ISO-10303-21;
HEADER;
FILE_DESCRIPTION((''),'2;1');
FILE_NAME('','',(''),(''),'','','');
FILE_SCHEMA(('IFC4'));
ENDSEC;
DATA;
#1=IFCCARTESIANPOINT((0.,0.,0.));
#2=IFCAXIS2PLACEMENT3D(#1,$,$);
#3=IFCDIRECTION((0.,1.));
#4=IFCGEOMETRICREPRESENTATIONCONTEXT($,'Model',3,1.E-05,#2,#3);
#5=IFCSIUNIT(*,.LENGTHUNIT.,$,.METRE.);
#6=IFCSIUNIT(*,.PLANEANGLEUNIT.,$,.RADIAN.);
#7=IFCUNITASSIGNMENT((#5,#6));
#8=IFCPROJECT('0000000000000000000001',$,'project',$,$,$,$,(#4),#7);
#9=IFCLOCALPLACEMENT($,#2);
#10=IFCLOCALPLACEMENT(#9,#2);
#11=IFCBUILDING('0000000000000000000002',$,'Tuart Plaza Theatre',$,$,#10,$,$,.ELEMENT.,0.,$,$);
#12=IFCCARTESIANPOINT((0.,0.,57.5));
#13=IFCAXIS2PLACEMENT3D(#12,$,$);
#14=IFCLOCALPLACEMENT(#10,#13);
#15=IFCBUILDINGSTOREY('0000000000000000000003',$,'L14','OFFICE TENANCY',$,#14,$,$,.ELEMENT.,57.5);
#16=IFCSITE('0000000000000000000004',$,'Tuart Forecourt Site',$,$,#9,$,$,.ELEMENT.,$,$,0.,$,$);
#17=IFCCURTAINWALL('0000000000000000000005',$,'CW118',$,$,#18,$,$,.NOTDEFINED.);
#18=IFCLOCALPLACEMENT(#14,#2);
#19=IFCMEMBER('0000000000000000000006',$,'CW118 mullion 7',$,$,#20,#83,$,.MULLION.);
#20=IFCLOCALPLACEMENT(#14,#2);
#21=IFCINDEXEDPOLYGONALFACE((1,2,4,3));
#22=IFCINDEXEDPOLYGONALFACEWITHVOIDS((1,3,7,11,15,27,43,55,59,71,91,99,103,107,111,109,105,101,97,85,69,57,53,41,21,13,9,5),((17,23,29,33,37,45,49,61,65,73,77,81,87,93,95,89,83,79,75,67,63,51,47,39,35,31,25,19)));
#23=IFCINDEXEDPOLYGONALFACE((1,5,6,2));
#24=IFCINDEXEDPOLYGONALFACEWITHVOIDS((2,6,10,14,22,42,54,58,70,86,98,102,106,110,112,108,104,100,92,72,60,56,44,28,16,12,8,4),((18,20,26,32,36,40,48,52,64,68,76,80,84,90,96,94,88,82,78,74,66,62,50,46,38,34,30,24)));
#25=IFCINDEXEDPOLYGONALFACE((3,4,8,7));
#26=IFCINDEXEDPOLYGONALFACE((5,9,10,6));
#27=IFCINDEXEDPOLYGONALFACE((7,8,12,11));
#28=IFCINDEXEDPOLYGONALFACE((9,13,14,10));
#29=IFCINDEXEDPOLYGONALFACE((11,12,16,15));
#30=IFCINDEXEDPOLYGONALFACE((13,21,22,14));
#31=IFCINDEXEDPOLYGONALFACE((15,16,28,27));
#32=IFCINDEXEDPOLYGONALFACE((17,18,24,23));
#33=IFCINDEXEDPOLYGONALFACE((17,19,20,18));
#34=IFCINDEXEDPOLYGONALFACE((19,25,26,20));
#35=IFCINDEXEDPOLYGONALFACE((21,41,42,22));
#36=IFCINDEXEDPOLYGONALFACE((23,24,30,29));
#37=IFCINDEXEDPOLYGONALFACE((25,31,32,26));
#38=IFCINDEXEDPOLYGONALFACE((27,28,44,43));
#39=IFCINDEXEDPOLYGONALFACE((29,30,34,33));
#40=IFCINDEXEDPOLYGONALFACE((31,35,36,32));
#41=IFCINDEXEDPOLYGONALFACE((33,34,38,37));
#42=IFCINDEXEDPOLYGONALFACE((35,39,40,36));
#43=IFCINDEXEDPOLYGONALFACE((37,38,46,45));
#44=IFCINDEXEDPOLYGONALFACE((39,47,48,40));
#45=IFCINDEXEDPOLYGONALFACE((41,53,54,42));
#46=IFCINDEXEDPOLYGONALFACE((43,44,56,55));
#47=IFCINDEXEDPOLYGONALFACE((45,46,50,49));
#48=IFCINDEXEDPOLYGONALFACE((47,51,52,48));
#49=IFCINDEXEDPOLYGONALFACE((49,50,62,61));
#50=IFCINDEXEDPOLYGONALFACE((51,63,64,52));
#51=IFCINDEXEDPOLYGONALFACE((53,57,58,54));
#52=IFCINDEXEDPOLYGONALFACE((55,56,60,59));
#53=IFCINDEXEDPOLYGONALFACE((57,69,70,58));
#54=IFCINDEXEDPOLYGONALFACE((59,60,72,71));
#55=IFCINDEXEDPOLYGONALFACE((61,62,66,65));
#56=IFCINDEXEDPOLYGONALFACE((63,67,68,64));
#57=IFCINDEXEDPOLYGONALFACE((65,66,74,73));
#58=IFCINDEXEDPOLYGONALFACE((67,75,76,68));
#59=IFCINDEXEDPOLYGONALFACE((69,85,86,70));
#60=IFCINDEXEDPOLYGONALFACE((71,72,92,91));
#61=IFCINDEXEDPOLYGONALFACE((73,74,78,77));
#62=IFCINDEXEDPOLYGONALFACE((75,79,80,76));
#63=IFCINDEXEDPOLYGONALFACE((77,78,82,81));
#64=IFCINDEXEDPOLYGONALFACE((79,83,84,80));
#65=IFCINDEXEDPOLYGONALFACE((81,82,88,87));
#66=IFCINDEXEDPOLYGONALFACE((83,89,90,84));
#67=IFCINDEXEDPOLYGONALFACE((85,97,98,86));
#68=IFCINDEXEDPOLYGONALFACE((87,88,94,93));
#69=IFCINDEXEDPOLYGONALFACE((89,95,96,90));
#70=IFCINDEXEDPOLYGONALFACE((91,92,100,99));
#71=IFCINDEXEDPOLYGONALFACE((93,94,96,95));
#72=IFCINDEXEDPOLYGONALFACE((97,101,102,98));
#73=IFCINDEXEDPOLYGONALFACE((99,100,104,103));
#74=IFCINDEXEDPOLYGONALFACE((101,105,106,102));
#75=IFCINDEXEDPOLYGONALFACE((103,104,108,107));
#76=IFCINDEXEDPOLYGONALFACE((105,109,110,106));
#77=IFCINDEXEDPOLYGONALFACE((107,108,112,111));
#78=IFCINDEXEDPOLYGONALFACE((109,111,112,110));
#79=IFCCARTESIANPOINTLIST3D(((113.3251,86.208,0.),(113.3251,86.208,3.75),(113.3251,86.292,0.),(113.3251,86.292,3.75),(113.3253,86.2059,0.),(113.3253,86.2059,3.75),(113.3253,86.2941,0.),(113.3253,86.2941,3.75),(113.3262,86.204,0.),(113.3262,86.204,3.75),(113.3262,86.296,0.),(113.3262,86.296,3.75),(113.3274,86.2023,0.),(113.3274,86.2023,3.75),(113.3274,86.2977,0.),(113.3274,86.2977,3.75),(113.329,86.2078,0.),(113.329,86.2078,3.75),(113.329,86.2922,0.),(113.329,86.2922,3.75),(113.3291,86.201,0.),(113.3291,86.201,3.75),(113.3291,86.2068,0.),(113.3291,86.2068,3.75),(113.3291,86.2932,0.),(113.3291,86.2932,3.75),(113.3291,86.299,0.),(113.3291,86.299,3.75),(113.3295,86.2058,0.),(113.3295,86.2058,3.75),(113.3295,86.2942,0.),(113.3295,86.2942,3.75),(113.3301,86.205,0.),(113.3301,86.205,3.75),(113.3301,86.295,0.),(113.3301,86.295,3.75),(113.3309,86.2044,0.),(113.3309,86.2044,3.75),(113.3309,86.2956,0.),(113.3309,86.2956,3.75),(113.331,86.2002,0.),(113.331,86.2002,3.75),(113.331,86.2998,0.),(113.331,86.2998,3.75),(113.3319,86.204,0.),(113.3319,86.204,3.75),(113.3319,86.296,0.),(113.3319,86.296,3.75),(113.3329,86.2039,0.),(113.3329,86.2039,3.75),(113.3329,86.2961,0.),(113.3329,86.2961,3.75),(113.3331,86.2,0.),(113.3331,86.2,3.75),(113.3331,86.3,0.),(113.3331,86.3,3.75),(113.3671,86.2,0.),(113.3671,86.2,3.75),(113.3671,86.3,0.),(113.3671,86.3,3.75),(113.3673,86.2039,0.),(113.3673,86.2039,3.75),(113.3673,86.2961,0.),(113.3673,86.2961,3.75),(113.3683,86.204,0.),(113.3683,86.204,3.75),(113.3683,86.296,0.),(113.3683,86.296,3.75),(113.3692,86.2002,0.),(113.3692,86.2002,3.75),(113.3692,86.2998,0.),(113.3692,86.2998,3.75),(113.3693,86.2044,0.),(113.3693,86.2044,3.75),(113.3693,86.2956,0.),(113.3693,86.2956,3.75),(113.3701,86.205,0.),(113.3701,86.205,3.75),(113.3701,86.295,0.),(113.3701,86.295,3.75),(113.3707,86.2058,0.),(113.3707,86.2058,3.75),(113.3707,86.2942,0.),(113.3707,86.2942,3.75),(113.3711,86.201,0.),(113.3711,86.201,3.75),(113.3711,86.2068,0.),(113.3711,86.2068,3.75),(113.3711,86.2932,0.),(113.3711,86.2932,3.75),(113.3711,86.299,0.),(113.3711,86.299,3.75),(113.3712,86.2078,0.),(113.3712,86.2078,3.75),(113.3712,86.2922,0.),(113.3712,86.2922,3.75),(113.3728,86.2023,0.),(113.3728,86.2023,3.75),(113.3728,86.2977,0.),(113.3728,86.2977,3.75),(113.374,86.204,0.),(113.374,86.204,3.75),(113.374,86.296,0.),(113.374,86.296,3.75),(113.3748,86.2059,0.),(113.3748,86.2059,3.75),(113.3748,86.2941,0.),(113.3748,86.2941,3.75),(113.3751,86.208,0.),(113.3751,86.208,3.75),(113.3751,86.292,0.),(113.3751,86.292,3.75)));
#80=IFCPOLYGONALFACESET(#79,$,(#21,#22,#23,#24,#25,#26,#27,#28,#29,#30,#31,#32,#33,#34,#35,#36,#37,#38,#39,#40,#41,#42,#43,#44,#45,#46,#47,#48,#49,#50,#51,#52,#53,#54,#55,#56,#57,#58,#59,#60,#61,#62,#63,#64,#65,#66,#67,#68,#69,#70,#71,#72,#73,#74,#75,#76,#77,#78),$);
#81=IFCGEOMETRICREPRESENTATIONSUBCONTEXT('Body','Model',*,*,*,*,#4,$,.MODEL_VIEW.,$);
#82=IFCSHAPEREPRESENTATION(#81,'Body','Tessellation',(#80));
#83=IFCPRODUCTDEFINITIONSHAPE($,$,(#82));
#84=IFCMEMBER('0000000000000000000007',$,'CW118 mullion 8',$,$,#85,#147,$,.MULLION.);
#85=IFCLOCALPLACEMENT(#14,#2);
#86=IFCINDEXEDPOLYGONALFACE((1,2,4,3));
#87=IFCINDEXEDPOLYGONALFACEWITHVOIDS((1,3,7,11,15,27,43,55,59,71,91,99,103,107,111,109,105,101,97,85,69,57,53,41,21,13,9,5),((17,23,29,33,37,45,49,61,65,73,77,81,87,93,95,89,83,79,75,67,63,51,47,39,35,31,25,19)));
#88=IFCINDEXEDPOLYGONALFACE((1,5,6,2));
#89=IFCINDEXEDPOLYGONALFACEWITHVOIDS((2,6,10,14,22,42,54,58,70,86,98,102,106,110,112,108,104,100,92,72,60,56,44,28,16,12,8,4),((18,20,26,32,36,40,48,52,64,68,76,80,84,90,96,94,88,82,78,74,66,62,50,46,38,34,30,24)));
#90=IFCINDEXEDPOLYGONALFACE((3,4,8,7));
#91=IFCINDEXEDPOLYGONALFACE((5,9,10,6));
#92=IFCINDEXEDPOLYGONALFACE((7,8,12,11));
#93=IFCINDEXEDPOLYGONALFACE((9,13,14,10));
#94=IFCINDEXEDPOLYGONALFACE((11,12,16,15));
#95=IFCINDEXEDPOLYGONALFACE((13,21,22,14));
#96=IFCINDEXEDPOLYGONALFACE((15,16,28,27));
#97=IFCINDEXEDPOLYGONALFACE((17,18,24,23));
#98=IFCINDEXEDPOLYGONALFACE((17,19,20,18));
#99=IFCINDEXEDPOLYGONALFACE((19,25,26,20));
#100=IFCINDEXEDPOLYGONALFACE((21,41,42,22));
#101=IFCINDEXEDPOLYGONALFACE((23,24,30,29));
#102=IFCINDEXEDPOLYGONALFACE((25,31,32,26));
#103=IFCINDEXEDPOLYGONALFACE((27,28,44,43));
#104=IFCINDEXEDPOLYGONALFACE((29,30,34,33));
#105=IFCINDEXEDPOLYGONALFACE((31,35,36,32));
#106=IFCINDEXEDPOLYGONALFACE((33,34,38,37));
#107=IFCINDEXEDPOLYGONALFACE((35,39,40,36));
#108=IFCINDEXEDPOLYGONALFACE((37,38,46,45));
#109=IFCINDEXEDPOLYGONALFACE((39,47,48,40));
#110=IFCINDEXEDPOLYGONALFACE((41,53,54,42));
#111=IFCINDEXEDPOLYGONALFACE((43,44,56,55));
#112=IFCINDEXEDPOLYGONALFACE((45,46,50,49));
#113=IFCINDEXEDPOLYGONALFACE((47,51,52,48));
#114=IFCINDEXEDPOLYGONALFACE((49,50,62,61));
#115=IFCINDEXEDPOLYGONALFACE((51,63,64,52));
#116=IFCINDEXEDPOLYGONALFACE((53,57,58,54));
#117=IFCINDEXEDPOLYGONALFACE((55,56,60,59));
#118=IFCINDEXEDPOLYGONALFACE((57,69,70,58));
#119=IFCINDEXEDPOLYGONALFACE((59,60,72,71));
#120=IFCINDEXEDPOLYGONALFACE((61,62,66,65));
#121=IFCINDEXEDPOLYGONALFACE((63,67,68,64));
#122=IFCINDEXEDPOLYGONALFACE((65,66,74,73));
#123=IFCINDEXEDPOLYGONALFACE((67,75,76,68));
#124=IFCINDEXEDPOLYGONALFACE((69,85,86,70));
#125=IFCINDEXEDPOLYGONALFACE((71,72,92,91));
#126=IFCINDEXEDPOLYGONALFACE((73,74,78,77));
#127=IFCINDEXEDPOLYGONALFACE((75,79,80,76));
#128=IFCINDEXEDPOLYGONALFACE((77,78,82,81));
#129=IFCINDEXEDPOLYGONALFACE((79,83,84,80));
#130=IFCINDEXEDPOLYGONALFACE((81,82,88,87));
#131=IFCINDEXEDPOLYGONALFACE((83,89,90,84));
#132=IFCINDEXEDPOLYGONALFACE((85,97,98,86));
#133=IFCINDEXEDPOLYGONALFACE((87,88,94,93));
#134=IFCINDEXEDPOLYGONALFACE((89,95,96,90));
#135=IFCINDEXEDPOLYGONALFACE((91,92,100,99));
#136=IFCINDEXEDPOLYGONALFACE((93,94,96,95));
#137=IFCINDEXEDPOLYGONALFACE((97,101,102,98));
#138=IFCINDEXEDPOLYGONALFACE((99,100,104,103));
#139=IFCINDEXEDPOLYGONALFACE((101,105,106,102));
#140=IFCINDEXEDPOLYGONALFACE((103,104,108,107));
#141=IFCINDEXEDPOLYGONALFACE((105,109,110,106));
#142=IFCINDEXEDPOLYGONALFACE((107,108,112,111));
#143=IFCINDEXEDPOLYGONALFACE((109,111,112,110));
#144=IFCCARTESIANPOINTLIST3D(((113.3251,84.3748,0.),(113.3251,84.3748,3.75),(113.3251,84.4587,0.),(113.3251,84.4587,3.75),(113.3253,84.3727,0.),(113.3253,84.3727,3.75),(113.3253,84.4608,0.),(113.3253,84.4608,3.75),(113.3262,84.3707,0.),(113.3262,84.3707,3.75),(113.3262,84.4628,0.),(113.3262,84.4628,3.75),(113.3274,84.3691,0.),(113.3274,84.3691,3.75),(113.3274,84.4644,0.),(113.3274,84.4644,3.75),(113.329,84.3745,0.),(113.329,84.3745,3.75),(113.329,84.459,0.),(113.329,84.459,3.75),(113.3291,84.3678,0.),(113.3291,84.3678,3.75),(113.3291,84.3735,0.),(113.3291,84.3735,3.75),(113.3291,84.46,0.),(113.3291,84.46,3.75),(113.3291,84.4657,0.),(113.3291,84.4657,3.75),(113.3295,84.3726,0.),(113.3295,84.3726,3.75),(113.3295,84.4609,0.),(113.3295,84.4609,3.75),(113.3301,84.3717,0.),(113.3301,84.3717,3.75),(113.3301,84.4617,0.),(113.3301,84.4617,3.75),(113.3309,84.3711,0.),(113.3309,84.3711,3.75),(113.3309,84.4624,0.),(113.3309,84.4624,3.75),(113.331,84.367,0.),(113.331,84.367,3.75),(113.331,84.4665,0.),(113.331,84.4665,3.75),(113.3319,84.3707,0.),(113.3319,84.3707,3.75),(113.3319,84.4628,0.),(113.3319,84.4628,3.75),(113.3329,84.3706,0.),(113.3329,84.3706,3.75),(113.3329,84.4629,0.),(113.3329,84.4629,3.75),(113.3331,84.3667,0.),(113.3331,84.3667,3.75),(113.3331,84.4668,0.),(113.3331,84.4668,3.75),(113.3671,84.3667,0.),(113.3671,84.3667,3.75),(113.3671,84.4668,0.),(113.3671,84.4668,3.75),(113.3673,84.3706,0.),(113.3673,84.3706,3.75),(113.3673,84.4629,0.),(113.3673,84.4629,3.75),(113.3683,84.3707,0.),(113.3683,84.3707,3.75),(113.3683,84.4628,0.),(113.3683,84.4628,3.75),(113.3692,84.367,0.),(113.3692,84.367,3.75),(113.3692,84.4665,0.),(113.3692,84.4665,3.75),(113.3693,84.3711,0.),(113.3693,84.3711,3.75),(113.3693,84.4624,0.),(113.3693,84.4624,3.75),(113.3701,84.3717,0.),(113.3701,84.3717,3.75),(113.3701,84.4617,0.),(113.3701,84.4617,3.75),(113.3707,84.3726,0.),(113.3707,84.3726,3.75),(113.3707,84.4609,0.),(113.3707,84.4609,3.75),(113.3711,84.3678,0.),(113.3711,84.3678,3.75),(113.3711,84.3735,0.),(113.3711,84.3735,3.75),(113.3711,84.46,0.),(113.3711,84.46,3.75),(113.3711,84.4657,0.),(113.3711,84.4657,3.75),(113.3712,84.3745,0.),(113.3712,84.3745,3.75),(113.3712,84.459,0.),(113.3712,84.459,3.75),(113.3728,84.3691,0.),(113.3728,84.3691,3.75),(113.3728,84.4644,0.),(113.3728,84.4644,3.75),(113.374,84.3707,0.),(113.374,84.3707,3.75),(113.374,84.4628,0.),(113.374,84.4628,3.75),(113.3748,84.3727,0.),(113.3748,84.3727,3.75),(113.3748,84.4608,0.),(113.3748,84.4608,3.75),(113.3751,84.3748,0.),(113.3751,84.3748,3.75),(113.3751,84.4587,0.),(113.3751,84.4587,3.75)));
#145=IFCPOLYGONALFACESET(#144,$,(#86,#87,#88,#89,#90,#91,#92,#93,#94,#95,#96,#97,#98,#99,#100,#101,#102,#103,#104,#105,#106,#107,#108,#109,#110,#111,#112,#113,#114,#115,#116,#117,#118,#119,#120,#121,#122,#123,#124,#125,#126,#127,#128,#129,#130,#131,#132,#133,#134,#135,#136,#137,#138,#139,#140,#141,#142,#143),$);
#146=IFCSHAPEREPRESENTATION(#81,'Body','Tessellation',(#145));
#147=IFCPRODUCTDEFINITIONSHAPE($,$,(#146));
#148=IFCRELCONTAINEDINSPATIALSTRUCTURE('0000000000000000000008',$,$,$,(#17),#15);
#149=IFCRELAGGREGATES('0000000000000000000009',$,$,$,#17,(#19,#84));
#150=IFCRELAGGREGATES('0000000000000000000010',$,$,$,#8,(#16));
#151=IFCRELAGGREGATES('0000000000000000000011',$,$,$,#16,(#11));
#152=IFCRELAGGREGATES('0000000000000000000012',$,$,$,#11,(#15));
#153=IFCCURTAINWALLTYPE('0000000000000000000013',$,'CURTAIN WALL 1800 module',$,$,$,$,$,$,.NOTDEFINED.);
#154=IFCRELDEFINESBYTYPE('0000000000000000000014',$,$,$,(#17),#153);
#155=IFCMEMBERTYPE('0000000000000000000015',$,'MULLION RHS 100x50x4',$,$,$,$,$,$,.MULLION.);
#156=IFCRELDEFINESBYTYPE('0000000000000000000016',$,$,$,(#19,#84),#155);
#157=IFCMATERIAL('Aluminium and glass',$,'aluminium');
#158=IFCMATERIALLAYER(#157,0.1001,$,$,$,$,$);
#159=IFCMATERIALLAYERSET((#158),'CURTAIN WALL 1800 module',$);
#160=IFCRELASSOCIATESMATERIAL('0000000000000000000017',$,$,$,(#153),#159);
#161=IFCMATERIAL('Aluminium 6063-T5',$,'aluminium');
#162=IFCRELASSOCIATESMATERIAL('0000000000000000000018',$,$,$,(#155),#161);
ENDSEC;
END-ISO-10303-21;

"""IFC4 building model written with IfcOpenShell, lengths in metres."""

from ifc_helpers import new_model, si_unit, direction, frame, origin, origin_2d, place, context, subcontext, project, spatial, hollow_rectangle, extrude, material, layer, layer_set, material_profile, profile_set, type_object, element, aggregate, save


model = new_model("IFC4")

# Units and contexts
model_context = context("Model", 3, precision=1e-05, world=origin(), true_north=direction((0.0, 1.0)))
body_context = subcontext(model_context, "Body", "Model", "MODEL_VIEW")
ifc_project = project(units=[si_unit("LENGTHUNIT", "METRE"), si_unit("PLANEANGLEUNIT", "RADIAN")], contexts=[model_context])

# Site, building, storey
site_placement = place(None, origin())
site = spatial("IfcSite", under=ifc_project, at=site_placement, Name="Tuart Forecourt Site", CompositionType="ELEMENT", RefElevation=0.0)
building_placement = place(site_placement, origin())
building = spatial("IfcBuilding", under=site, at=building_placement, Name="Tuart Plaza Theatre", CompositionType="ELEMENT", ElevationOfRefHeight=0.0)
storey_placement = place(building_placement, frame((0.0, 0.0, 57.5)))
storey = spatial("IfcBuildingStorey", under=building, at=storey_placement, Name="L14", Description="OFFICE TENANCY", CompositionType="ELEMENT", Elevation=57.5)

# Curtain wall, members
ifc_material_1 = material(Name="Aluminium and glass", Category="aluminium")
ifc_layer_1 = layer(ifc_material_1, 0.1001)
ifc_layer_set_1 = layer_set([ifc_layer_1], Name="CURTAIN WALL 1800 module")
curtain_wall_type = type_object("IfcCurtainWallType", Name="CURTAIN WALL 1800 module", PredefinedType="NOTDEFINED", material=ifc_layer_set_1)
curtain_wall_placement = place(storey_placement, origin())
curtain_wall = element("IfcCurtainWall", 1, at=curtain_wall_placement, inside=storey, type_object=curtain_wall_type, Name="CW118", PredefinedType="NOTDEFINED")
ifc_material_2 = material(Name="Aluminium 6063-T5", Category="aluminium")
ifc_material_profile = material_profile(ifc_material_2, hollow_rectangle(XDim=0.05, YDim=0.1001, WallThickness=0.0039, InnerFilletRadius=0.0039, OuterFilletRadius=0.0081, at=origin_2d()), Name="RHS 100x50x4")
ifc_profile_set = profile_set([ifc_material_profile], Name="Aluminium 6063-T5")
member_type = type_object("IfcMemberType", Name="MULLION RHS 100x50x4", PredefinedType="MULLION", material=ifc_profile_set)
member_1_placement = place(storey_placement, frame((113.3501, 86.25, 0.0), z_axis=(0.0, 0.0, 1.0), x_axis=(1.0, 0.0, 0.0)))
member_1 = element("IfcMember", 2, at=member_1_placement, type_object=member_type, Name="CW118 mullion 7", PredefinedType="MULLION", context=body_context, shape_type="SweptSolid", body=[
    extrude(hollow_rectangle(XDim=0.05, YDim=0.1001, WallThickness=0.0039, InnerFilletRadius=0.0039, OuterFilletRadius=0.0081, at=origin_2d()), origin(), (0.0, 0.0, 1.0), 3.75),
])
member_2_placement = place(storey_placement, frame((113.3501, 84.4167, 0.0), z_axis=(0.0, 0.0, 1.0), x_axis=(1.0, 0.0, 0.0)))
member_2 = element("IfcMember", 3, at=member_2_placement, type_object=member_type, Name="CW118 mullion 8", PredefinedType="MULLION", context=body_context, shape_type="SweptSolid", body=[
    extrude(hollow_rectangle(XDim=0.05, YDim=0.1001, WallThickness=0.0039, InnerFilletRadius=0.0039, OuterFilletRadius=0.0081, at=origin_2d()), origin(), (0.0, 0.0, 1.0), 3.75),
])
aggregate(curtain_wall, [member_1, member_2])

save(model, "model.ifc")
